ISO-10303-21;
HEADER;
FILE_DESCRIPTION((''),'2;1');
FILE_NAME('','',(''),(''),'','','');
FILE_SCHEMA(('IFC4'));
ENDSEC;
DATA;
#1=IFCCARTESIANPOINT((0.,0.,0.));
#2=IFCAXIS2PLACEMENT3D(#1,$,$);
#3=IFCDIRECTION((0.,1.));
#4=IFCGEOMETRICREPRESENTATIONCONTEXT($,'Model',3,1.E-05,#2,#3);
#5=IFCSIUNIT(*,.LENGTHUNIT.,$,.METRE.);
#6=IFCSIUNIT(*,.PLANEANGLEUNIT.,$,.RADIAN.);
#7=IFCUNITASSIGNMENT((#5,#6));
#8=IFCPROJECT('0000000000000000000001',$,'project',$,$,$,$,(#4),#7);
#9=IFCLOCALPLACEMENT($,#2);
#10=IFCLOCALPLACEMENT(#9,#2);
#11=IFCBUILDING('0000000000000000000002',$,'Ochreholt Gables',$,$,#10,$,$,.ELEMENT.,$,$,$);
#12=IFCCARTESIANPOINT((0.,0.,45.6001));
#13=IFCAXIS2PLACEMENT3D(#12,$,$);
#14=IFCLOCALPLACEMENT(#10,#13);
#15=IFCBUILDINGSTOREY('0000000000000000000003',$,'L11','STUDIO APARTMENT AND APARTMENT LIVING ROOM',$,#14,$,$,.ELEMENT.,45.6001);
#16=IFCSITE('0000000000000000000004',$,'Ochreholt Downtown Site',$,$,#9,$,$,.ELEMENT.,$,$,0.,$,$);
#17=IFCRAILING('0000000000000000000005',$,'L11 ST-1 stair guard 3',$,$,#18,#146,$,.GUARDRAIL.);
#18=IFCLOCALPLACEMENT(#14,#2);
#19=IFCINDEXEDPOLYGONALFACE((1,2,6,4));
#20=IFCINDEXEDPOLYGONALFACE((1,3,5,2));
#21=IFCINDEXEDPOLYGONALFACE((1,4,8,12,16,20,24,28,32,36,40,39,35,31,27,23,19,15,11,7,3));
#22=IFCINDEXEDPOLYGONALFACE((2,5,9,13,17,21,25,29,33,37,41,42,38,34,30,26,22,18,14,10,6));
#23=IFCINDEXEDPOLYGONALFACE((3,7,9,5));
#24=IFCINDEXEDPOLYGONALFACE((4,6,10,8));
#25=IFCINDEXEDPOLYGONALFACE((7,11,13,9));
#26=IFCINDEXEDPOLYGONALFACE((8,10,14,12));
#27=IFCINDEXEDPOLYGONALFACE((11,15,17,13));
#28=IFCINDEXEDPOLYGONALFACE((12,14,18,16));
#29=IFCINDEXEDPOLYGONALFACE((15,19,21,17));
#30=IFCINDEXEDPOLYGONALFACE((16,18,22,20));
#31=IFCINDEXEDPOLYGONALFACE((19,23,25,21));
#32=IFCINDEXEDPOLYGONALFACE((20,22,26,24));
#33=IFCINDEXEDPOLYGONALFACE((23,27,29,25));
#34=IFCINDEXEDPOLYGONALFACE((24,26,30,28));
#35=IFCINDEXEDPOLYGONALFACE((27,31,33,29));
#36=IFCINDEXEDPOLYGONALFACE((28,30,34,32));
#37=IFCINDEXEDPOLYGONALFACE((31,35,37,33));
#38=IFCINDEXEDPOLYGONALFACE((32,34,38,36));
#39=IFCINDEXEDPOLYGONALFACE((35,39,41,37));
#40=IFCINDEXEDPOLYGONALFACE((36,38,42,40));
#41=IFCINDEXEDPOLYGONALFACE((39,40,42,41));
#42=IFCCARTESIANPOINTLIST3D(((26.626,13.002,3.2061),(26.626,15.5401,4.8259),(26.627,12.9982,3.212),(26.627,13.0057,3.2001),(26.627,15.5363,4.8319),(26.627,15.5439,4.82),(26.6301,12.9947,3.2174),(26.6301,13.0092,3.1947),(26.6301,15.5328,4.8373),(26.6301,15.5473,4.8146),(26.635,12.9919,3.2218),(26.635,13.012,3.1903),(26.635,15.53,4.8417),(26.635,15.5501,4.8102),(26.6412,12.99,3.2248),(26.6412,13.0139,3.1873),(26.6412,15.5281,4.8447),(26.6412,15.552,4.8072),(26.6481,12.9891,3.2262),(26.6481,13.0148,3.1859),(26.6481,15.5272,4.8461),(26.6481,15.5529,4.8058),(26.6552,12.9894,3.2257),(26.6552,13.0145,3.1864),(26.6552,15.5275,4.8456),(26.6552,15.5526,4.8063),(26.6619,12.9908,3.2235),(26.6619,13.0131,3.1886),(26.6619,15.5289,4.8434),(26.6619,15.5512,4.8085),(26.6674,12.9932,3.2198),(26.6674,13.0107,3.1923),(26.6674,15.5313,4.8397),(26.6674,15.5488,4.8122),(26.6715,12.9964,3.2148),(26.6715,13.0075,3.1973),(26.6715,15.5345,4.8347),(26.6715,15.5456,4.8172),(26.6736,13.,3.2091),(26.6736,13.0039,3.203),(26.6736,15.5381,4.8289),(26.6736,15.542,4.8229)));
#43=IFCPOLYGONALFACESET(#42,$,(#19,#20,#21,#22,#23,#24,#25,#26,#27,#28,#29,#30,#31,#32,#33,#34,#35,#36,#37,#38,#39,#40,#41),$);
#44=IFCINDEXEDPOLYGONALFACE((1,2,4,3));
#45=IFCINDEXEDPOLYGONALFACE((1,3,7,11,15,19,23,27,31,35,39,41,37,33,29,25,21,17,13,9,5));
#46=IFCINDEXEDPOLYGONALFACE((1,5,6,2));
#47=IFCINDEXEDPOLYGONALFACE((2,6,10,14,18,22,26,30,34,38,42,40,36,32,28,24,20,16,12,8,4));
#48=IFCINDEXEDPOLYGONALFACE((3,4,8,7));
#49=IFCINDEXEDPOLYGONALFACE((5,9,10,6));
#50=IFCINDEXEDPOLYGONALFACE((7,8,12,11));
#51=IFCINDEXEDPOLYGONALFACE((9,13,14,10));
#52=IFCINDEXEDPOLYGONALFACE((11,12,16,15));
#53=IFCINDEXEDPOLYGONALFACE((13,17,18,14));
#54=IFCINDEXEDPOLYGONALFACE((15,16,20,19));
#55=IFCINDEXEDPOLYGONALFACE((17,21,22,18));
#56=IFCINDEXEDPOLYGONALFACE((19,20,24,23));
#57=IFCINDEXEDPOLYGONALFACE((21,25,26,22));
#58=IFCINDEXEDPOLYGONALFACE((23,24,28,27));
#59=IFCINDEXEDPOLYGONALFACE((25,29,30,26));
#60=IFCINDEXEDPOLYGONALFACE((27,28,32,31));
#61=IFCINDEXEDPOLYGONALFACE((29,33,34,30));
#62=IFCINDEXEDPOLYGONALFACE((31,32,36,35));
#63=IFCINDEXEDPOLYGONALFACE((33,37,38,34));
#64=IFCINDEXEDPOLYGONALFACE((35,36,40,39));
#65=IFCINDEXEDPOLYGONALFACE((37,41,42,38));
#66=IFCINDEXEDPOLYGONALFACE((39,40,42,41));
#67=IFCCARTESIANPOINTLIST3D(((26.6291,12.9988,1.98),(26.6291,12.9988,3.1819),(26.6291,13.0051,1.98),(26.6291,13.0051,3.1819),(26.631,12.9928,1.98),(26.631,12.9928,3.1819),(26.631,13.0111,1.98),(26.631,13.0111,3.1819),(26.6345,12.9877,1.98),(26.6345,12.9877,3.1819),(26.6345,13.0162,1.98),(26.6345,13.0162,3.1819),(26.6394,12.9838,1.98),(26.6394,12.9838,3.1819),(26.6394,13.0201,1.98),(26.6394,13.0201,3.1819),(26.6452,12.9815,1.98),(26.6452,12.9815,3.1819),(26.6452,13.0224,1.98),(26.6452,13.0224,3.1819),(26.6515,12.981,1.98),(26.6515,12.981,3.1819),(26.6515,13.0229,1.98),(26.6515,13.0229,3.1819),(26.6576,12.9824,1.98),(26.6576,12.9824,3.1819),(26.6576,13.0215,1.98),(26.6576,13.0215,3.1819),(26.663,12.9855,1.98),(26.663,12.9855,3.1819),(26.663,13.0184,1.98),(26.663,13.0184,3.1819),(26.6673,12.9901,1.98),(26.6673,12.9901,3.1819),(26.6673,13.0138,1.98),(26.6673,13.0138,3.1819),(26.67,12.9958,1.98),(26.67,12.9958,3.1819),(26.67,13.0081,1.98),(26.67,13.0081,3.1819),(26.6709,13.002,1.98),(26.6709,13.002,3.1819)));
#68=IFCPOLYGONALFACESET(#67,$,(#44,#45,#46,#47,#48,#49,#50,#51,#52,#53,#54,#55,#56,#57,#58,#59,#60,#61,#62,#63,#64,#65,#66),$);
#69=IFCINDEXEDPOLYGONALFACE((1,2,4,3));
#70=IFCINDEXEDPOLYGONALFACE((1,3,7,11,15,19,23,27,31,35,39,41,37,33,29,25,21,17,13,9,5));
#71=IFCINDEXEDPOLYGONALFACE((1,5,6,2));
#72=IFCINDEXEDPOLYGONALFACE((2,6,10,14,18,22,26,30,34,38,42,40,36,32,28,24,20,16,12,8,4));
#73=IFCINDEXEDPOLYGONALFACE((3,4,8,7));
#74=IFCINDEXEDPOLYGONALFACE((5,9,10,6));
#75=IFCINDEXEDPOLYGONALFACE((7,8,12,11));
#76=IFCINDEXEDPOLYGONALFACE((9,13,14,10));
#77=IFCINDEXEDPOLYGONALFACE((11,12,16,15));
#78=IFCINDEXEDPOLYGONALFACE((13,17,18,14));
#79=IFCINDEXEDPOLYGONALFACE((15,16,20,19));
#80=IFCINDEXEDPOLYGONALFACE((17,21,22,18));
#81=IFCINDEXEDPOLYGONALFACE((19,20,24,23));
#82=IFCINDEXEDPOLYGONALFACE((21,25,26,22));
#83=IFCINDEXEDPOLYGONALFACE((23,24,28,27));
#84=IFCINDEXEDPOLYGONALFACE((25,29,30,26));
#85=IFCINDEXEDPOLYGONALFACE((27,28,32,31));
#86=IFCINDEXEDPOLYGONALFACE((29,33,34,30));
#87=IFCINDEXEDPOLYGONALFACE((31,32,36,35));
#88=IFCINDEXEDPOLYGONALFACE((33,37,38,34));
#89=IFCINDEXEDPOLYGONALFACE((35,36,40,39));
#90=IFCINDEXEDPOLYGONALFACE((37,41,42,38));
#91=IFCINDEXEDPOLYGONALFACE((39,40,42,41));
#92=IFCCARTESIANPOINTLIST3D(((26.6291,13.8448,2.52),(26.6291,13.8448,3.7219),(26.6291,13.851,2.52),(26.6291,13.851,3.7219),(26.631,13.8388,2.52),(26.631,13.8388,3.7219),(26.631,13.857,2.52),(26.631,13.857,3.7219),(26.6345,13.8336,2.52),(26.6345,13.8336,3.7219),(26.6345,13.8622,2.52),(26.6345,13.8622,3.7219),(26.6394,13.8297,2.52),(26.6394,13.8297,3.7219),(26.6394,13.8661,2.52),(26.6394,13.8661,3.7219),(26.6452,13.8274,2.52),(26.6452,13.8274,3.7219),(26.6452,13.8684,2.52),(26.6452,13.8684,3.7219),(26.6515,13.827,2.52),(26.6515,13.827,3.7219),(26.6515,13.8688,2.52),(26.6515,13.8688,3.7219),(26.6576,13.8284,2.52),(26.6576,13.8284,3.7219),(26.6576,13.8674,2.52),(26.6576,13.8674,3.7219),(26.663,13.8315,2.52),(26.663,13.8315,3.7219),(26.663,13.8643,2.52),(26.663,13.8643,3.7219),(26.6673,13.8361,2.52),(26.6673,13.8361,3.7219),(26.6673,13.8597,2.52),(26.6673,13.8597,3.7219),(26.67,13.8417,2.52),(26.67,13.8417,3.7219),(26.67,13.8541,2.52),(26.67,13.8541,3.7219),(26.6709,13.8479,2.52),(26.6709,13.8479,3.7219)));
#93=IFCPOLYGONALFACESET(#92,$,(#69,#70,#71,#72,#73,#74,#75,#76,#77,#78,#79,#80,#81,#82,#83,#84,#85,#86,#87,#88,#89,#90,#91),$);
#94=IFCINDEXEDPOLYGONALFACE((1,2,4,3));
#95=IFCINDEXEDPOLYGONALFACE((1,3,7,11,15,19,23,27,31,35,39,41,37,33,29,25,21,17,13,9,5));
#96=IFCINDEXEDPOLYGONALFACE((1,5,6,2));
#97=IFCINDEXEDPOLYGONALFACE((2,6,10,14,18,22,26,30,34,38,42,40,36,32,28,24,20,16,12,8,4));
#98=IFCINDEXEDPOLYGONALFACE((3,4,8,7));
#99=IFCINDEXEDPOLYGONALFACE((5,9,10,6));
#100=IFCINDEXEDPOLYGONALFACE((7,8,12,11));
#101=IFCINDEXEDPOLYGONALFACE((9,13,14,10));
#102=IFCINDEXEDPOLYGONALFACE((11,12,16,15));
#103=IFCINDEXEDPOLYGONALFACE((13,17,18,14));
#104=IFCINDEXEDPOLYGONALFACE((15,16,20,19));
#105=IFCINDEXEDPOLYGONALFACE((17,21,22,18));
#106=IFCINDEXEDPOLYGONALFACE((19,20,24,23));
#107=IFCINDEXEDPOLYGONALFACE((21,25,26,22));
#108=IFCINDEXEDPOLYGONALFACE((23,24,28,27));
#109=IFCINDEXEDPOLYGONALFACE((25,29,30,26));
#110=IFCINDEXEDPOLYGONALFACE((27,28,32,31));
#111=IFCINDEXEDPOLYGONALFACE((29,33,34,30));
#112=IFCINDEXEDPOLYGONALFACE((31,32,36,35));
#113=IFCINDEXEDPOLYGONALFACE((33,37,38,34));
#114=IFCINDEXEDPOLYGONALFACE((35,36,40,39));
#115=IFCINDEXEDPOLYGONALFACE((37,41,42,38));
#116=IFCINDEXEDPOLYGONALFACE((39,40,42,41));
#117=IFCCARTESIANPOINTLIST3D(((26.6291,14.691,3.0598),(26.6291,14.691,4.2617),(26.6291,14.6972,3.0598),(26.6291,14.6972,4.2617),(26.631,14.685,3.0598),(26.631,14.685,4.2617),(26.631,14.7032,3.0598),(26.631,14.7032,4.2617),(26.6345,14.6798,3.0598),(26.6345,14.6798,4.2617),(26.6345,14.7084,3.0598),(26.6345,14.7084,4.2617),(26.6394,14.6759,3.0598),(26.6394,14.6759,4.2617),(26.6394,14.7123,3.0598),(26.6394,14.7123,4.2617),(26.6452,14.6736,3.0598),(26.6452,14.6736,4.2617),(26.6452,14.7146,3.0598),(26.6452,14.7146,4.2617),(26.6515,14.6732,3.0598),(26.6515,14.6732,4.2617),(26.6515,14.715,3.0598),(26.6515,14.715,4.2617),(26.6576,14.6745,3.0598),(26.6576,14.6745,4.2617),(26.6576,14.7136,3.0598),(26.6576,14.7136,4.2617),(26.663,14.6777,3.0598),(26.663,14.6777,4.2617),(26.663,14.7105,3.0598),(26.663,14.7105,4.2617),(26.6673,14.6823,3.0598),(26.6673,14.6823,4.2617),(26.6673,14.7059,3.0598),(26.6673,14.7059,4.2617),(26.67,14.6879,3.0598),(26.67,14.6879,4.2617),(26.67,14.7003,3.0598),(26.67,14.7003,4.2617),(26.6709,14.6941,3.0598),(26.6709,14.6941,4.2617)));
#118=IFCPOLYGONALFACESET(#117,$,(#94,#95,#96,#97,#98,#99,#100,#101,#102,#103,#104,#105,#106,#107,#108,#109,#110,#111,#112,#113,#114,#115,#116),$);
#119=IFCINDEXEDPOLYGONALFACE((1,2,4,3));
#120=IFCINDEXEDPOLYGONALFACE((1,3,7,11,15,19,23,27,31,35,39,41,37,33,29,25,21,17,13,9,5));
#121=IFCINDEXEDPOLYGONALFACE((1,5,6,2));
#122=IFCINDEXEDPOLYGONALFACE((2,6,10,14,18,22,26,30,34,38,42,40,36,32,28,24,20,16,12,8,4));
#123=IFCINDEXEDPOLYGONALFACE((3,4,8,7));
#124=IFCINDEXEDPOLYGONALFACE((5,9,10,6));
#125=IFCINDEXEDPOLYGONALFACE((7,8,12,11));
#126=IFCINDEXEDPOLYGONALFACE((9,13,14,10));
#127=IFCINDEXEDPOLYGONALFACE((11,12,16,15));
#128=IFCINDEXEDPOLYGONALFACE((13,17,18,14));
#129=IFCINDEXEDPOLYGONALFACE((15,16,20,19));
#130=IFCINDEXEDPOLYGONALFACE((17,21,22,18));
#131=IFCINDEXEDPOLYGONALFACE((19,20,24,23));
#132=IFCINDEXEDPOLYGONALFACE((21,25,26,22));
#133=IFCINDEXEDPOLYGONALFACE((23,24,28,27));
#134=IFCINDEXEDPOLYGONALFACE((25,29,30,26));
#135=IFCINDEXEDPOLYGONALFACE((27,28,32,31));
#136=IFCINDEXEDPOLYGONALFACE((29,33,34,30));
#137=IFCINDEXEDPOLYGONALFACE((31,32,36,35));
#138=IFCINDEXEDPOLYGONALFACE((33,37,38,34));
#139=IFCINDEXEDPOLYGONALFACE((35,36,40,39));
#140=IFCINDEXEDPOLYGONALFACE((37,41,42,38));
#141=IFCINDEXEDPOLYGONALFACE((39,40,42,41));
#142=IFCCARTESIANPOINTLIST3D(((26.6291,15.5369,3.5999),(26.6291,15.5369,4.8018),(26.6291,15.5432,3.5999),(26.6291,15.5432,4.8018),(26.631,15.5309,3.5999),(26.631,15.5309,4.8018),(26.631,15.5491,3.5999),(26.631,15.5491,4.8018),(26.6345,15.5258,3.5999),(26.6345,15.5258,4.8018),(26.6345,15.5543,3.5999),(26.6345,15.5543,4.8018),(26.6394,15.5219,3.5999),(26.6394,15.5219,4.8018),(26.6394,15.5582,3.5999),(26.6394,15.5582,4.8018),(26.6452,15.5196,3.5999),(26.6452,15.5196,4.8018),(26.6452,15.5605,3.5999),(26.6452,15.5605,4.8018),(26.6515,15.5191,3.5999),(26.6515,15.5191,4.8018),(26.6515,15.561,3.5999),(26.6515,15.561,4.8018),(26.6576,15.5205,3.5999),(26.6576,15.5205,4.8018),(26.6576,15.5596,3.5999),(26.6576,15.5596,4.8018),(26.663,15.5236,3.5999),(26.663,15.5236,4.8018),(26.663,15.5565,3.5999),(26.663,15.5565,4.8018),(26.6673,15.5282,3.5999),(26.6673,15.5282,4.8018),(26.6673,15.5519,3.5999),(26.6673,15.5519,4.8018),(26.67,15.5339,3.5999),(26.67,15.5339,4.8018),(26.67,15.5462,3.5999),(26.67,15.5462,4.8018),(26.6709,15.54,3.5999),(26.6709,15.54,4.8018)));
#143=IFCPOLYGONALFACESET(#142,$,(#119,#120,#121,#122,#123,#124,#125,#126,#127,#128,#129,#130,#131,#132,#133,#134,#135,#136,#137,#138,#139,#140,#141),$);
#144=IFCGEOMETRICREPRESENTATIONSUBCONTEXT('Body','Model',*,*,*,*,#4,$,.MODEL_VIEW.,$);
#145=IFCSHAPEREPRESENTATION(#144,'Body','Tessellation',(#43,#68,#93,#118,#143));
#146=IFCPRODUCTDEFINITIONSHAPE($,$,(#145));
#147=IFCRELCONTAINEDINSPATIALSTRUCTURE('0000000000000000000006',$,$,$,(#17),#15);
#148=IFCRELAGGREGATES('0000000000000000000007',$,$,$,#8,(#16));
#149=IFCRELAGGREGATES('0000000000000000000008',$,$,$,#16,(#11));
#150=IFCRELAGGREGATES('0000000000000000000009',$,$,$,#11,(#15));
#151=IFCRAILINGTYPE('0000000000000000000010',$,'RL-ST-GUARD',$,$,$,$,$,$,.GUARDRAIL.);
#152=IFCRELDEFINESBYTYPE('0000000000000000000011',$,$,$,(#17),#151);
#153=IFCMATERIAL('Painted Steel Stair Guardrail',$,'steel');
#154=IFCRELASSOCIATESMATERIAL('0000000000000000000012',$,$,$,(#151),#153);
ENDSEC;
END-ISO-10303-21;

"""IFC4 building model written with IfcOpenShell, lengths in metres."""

from ifc_helpers import new_model, si_unit, direction, frame, origin, origin_2d, place, context, subcontext, project, spatial, circle, extrude, material, type_object, element, save


model = new_model("IFC4")

# Units and contexts
model_context = context("Model", 3, precision=1e-05, world=origin(), true_north=direction((0.0, 1.0)))
body_context = subcontext(model_context, "Body", "Model", "MODEL_VIEW")
ifc_project = project(units=[si_unit("LENGTHUNIT", "METRE"), si_unit("PLANEANGLEUNIT", "RADIAN")], contexts=[model_context])

# Site, building, storey
site_placement = place(None, origin())
site = spatial("IfcSite", under=ifc_project, at=site_placement, Name="Ochreholt Downtown Site", CompositionType="ELEMENT", RefElevation=0.0)
building_placement = place(site_placement, origin())
building = spatial("IfcBuilding", under=site, at=building_placement, Name="Ochreholt Gables", CompositionType="ELEMENT")
storey_placement = place(building_placement, frame((0.0, 0.0, 45.6001)))
storey = spatial("IfcBuildingStorey", under=building, at=storey_placement, Name="L11", Description="STUDIO APARTMENT AND APARTMENT LIVING ROOM", CompositionType="ELEMENT", Elevation=45.6001)

# Railing
ifc_material_1 = material(Name="Painted Steel Stair Guardrail", Category="steel")
railing_type_1 = type_object("IfcRailingType", Name="RL-ST-GUARD", PredefinedType="GUARDRAIL", material=ifc_material_1)
railing_1_placement = place(storey_placement, frame((26.6499, 13.002, 1.98)))
element("IfcRailing", 1, at=railing_1_placement, inside=storey, type_object=railing_type_1, Name="L11 ST-1 stair guard 3", PredefinedType="GUARDRAIL", context=body_context, shape_type="SweptSolid", body=[
    extrude(circle(Radius=0.0239, at=origin_2d()), frame((0.0, 0.0, 1.2261), z_axis=(0.0, 0.84295, 0.537993), x_axis=(-1.0, 0.0, 0.0)), (0.0, 0.0, 1.0), 3.011),
    extrude(circle(Radius=0.021, at=origin_2d()), origin(), (0.0, 0.0, 1.0), 1.2019),
    extrude(circle(Radius=0.021, at=origin_2d()), frame((0.0, 0.8459, 0.54)), (0.0, 0.0, 1.0), 1.2019),
    extrude(circle(Radius=0.021, at=origin_2d()), frame((0.0, 1.6921, 1.0798)), (0.0, 0.0, 1.0), 1.2019),
    extrude(circle(Radius=0.021, at=origin_2d()), frame((0.0, 2.5381, 1.6199)), (0.0, 0.0, 1.0), 1.2019),
])

save(model, "model.ifc")
